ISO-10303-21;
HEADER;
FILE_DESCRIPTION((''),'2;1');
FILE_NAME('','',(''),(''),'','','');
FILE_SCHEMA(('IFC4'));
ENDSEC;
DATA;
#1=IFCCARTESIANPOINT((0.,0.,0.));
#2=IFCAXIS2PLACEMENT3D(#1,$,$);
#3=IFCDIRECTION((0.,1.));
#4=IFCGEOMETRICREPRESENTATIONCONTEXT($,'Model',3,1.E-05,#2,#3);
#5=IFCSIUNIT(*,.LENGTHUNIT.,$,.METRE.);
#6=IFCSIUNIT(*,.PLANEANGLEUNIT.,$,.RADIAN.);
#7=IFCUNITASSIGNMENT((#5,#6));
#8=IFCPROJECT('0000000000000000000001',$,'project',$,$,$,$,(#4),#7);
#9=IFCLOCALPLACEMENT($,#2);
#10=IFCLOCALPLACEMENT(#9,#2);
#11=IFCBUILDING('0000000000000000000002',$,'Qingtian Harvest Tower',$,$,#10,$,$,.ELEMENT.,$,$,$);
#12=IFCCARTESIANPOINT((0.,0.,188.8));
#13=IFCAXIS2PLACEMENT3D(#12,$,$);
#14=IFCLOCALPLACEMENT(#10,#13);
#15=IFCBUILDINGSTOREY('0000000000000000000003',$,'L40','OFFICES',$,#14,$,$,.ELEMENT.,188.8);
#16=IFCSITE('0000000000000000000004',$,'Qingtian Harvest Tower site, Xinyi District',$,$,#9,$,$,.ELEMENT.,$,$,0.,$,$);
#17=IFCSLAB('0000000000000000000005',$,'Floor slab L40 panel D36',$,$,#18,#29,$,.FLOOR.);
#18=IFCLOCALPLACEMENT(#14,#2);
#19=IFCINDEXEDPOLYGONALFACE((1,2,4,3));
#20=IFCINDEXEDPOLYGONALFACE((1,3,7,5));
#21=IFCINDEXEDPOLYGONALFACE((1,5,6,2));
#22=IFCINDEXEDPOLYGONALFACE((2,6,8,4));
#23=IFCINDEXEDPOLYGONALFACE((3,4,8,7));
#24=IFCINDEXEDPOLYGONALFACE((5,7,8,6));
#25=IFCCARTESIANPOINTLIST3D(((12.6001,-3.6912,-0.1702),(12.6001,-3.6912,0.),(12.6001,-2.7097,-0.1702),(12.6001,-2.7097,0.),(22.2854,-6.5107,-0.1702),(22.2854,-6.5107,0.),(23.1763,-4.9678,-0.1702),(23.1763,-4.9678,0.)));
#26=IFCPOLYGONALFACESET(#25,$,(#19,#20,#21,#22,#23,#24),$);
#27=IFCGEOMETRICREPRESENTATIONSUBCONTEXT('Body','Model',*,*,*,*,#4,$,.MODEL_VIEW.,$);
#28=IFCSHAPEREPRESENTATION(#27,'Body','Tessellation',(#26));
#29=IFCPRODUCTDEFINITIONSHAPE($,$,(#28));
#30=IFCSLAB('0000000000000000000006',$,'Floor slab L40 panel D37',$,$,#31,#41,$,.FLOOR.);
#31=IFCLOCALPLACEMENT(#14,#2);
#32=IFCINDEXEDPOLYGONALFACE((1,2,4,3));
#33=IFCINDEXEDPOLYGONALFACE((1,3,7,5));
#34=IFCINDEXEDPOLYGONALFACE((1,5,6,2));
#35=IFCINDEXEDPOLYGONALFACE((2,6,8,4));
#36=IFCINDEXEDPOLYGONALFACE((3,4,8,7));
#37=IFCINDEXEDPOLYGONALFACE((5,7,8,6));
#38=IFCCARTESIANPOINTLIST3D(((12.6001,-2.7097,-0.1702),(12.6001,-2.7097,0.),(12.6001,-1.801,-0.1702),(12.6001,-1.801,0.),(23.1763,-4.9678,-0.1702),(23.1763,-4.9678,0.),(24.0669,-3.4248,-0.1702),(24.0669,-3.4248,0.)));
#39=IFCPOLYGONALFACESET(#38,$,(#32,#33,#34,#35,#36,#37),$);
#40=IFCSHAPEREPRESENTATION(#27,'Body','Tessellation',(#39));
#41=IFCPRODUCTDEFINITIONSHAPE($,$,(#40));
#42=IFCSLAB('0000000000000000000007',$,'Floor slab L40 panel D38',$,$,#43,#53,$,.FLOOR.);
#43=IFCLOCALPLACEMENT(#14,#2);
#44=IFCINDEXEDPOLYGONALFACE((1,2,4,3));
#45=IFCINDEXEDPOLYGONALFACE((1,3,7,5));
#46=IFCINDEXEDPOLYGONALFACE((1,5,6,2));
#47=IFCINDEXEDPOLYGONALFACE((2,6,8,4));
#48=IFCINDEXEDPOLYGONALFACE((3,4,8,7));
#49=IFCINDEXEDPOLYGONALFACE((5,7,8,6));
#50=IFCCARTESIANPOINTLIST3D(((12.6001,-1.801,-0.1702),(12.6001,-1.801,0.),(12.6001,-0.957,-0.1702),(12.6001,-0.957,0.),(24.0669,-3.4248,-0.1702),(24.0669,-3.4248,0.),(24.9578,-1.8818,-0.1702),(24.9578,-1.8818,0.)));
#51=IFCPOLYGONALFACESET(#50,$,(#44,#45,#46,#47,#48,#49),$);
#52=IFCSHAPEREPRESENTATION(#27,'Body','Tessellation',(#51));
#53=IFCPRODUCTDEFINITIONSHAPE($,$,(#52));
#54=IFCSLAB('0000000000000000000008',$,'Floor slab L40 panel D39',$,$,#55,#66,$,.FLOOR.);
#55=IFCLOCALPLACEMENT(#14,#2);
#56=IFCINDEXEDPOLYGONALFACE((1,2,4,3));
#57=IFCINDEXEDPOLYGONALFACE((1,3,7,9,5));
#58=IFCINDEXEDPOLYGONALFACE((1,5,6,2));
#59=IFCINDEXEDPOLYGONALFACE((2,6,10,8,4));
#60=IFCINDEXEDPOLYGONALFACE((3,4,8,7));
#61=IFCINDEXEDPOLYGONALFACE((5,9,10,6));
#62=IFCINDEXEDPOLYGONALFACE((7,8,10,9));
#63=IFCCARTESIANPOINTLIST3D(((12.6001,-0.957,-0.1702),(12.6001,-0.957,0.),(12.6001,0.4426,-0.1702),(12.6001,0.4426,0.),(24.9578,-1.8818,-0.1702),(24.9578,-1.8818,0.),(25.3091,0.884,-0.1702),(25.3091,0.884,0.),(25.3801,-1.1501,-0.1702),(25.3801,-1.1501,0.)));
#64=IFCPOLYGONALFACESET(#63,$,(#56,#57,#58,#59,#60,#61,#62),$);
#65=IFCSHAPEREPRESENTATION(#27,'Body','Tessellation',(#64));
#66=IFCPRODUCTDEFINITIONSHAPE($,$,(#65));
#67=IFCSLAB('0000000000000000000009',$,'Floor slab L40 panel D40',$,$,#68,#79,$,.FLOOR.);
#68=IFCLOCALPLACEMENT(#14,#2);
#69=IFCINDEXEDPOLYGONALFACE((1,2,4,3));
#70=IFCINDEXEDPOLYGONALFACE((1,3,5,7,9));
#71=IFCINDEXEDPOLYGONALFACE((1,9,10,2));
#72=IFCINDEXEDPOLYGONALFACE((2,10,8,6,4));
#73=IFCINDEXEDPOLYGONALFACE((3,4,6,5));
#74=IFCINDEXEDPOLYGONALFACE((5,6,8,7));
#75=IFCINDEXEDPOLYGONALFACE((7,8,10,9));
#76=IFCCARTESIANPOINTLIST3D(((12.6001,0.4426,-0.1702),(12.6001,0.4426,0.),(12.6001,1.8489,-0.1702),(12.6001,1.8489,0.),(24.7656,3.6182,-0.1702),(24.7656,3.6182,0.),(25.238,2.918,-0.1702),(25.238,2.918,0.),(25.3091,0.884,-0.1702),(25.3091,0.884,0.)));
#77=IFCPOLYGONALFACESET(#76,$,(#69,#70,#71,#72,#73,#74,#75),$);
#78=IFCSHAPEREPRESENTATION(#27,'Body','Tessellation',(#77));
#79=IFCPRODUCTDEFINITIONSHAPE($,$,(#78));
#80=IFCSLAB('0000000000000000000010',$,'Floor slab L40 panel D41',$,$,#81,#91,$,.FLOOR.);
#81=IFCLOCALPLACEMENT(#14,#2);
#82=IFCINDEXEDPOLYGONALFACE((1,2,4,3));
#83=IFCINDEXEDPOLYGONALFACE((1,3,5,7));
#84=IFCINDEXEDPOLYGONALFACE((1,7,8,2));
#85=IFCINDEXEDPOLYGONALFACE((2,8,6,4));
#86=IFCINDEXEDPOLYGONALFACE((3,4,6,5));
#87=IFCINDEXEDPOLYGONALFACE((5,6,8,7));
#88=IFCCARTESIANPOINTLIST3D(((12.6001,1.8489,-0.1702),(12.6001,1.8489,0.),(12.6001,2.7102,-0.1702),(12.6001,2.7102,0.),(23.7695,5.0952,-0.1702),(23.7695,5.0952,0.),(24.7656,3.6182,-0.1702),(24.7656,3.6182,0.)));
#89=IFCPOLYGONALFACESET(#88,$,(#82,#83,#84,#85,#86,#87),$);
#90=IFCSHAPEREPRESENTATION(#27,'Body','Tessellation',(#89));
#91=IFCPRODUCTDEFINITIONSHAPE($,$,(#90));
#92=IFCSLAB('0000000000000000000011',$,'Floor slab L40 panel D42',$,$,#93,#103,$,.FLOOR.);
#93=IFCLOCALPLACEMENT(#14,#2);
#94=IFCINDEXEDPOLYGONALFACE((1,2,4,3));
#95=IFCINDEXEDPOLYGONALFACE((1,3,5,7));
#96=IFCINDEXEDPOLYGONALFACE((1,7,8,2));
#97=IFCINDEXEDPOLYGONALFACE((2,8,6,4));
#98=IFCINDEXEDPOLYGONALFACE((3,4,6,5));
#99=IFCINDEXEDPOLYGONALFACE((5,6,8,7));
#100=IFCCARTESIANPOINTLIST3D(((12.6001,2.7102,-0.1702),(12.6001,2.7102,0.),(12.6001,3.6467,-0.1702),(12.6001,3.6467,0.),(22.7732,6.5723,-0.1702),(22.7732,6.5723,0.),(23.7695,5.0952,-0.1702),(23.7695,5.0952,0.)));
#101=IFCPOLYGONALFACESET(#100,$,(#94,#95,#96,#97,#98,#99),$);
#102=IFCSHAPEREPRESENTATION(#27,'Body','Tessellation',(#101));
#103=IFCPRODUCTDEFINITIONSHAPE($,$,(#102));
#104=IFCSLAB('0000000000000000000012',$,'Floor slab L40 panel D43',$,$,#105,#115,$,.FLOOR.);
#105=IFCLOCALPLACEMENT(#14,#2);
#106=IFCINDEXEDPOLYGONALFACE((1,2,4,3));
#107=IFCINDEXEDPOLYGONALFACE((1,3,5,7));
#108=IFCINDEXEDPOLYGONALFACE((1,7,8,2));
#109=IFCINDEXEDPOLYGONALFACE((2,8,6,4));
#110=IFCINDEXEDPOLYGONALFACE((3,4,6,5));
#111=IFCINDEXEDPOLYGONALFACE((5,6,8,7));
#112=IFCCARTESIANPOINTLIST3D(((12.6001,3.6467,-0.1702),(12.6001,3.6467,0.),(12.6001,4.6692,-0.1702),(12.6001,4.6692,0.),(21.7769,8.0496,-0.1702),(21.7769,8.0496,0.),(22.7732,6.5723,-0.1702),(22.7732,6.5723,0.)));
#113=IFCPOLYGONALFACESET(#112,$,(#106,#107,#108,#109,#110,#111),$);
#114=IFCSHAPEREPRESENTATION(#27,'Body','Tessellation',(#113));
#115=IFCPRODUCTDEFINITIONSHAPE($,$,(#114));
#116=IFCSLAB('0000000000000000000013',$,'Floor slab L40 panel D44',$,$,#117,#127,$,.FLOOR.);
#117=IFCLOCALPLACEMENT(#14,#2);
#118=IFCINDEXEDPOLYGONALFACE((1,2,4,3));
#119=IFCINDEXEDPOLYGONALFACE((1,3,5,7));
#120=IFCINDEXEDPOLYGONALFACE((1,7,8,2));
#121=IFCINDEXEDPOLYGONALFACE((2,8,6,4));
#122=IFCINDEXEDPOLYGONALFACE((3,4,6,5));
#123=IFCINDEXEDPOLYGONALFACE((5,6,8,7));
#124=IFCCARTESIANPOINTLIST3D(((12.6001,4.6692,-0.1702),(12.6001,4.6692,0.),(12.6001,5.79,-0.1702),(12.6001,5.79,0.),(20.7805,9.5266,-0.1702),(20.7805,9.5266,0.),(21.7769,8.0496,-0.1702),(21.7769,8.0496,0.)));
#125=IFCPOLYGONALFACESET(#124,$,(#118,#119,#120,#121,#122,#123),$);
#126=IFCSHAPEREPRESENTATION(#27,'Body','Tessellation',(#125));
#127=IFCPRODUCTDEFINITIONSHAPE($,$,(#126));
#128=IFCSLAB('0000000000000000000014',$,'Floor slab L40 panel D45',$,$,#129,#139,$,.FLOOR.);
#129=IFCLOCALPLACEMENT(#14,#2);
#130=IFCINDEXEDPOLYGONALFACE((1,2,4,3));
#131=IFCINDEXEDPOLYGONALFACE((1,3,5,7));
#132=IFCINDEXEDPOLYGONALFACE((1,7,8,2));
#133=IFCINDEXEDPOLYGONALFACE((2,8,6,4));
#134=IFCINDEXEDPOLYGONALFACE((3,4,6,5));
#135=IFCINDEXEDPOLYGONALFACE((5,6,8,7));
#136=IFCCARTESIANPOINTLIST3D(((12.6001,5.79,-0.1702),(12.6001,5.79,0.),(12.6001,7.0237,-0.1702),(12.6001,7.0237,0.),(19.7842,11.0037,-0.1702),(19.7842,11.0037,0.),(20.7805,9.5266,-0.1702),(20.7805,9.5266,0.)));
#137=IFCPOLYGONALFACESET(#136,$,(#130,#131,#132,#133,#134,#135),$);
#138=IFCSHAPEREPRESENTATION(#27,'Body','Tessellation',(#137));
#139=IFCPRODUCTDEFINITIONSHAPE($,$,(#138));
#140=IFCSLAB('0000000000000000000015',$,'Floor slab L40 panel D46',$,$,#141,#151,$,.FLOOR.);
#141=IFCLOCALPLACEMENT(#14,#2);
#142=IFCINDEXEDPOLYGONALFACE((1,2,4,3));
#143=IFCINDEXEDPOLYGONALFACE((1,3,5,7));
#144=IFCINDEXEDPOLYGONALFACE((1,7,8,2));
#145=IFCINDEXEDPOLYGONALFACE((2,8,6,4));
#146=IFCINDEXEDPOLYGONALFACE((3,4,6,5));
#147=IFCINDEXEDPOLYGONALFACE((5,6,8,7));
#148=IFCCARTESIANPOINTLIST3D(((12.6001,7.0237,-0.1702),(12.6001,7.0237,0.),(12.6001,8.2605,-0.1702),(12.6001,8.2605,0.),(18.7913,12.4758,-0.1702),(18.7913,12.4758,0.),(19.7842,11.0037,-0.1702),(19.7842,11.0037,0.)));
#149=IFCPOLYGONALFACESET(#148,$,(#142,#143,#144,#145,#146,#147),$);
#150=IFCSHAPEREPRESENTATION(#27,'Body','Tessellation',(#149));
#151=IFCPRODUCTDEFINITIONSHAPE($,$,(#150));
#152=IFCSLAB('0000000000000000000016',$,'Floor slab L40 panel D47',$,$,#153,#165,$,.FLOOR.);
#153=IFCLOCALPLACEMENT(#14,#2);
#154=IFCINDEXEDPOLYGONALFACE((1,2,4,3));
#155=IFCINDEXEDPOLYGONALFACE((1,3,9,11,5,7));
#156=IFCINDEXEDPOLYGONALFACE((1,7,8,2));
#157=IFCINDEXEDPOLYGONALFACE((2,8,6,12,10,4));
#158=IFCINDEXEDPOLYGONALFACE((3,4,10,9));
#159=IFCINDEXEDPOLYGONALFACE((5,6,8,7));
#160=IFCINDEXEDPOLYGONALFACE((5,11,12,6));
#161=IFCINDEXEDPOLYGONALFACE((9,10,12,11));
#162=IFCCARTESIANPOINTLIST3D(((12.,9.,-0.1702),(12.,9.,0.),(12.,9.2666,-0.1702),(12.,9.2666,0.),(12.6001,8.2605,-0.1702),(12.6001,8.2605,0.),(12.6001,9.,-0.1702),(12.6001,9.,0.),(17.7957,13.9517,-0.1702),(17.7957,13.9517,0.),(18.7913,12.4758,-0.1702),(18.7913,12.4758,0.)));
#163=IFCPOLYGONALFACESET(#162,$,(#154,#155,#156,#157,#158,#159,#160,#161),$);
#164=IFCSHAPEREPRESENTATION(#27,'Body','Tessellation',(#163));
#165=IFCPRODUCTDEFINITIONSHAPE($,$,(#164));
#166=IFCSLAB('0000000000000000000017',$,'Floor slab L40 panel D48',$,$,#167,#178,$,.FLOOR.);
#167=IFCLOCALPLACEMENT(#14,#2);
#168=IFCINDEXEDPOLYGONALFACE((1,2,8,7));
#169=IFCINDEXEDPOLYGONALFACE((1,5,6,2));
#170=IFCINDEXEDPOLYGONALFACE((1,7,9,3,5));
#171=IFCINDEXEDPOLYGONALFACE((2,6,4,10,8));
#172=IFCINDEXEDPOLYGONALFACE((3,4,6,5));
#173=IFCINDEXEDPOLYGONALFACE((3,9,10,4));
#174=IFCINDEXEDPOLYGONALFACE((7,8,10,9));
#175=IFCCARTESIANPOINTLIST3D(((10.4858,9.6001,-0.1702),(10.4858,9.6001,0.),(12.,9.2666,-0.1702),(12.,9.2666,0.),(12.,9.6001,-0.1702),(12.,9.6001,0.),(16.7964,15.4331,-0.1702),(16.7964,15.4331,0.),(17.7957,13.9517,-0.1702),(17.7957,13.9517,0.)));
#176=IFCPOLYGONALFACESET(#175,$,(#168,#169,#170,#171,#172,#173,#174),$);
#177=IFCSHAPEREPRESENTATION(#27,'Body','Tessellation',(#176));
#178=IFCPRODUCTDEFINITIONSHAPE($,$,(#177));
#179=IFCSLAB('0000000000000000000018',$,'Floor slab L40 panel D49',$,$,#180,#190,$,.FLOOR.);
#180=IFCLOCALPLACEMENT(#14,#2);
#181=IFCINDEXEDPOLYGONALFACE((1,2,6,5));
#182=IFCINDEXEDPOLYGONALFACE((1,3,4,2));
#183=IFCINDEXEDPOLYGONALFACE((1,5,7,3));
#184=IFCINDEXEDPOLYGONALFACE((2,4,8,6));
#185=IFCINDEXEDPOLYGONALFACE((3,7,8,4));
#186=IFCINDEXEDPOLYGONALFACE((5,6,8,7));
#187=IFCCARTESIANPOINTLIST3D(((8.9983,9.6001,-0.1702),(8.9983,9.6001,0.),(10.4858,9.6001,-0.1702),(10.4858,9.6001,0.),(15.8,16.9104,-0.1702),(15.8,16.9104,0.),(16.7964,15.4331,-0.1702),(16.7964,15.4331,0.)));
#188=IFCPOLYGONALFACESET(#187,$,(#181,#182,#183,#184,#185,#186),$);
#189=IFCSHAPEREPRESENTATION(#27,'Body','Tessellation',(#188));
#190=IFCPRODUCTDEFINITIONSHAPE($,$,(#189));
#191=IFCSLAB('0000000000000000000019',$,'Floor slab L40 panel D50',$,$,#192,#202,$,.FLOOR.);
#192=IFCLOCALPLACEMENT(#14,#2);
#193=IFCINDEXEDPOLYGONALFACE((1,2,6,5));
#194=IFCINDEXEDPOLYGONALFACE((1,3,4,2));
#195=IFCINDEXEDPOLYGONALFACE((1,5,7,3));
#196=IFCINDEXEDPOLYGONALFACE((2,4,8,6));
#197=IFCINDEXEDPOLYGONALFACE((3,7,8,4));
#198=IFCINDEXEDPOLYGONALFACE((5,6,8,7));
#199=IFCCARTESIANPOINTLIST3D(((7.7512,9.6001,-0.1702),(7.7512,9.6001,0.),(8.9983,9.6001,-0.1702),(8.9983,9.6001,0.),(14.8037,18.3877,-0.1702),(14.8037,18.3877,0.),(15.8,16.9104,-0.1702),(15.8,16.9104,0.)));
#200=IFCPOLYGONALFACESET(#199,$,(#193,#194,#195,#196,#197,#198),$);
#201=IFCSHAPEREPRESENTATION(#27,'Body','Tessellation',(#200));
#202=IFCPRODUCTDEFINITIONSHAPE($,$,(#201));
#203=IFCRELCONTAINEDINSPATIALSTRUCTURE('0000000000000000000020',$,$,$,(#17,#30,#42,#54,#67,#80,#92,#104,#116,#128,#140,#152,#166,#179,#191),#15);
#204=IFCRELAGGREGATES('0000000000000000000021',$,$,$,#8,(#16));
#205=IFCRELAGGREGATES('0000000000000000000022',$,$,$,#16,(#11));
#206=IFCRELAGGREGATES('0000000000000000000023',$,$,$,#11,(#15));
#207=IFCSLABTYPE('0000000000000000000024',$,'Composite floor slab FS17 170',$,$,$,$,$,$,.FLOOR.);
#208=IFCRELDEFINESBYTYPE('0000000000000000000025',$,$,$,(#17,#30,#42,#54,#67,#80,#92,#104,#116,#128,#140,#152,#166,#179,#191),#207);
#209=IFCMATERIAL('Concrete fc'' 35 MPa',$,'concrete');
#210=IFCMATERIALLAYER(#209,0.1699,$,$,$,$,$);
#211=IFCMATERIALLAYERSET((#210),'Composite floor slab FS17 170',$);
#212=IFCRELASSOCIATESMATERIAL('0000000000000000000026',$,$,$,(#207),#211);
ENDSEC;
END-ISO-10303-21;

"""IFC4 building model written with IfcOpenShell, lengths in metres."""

from ifc_helpers import new_model, si_unit, direction, frame, origin, place, context, subcontext, project, spatial, polyline, outline, extrude, material, layer, layer_set, type_object, element, save


model = new_model("IFC4")

# Units and contexts
model_context = context("Model", 3, precision=1e-05, world=origin(), true_north=direction((0.0, 1.0)))
body_context = subcontext(model_context, "Body", "Model", "MODEL_VIEW")
ifc_project = project(units=[si_unit("LENGTHUNIT", "METRE"), si_unit("PLANEANGLEUNIT", "RADIAN")], contexts=[model_context])

# Site, building, storey
site_placement = place(None, origin())
site = spatial("IfcSite", under=ifc_project, at=site_placement, Name="Qingtian Harvest Tower site, Xinyi District", CompositionType="ELEMENT", RefElevation=0.0)
building_placement = place(site_placement, origin())
building = spatial("IfcBuilding", under=site, at=building_placement, Name="Qingtian Harvest Tower", CompositionType="ELEMENT")
storey_placement = place(building_placement, frame((0.0, 0.0, 188.8)))
storey = spatial("IfcBuildingStorey", under=building, at=storey_placement, Name="L40", Description="OFFICES", CompositionType="ELEMENT", Elevation=188.8)

# Slabs
ifc_material_1 = material(Name="Concrete fc' 35 MPa", Category="concrete")
ifc_layer_1 = layer(ifc_material_1, 0.1699)
ifc_layer_set_1 = layer_set([ifc_layer_1], Name="Composite floor slab FS17 170")
slab_type = type_object("IfcSlabType", Name="Composite floor slab FS17 170", PredefinedType="FLOOR", material=ifc_layer_set_1)
slab_1_placement = place(storey_placement, frame((0.0, 0.0, -0.1702)))
element("IfcSlab", 1, at=slab_1_placement, inside=storey, type_object=slab_type, Name="Floor slab L40 panel D36", PredefinedType="FLOOR", context=body_context, shape_type="SweptSolid", body=[
    extrude(outline(polyline([(12.6001, -2.7097), (23.1763, -4.9678), (22.2854, -6.5107), (12.6001, -3.6912), (12.6001, -2.7097)])), origin(), (0.0, 0.0, 1.0), 0.1702),
])
slab_2_placement = place(storey_placement, frame((0.0, 0.0, -0.1702)))
element("IfcSlab", 2, at=slab_2_placement, inside=storey, type_object=slab_type, Name="Floor slab L40 panel D37", PredefinedType="FLOOR", context=body_context, shape_type="SweptSolid", body=[
    extrude(outline(polyline([(12.6001, -1.801), (24.0669, -3.4248), (23.1763, -4.9678), (12.6001, -2.7097), (12.6001, -1.801)])), origin(), (0.0, 0.0, 1.0), 0.1702),
])
slab_3_placement = place(storey_placement, frame((0.0, 0.0, -0.1702)))
element("IfcSlab", 3, at=slab_3_placement, inside=storey, type_object=slab_type, Name="Floor slab L40 panel D38", PredefinedType="FLOOR", context=body_context, shape_type="SweptSolid", body=[
    extrude(outline(polyline([(12.6001, -0.957), (24.9578, -1.8818), (24.0669, -3.4248), (12.6001, -1.801), (12.6001, -0.957)])), origin(), (0.0, 0.0, 1.0), 0.1702),
])
slab_4_placement = place(storey_placement, frame((0.0, 0.0, -0.1702)))
element("IfcSlab", 4, at=slab_4_placement, inside=storey, type_object=slab_type, Name="Floor slab L40 panel D39", PredefinedType="FLOOR", context=body_context, shape_type="SweptSolid", body=[
    extrude(outline(polyline([(12.6001, -0.957), (12.6001, 0.4426), (25.3091, 0.884), (25.3801, -1.1501), (24.9578, -1.8818), (12.6001, -0.957)])), origin(), (0.0, 0.0, 1.0), 0.1702),
])
slab_5_placement = place(storey_placement, frame((0.0, 0.0, -0.1702)))
element("IfcSlab", 5, at=slab_5_placement, inside=storey, type_object=slab_type, Name="Floor slab L40 panel D40", PredefinedType="FLOOR", context=body_context, shape_type="SweptSolid", body=[
    extrude(outline(polyline([(12.6001, 0.4426), (12.6001, 1.8489), (24.7656, 3.6182), (25.238, 2.918), (25.3091, 0.884), (12.6001, 0.4426)])), origin(), (0.0, 0.0, 1.0), 0.1702),
])
slab_6_placement = place(storey_placement, frame((0.0, 0.0, -0.1702)))
element("IfcSlab", 6, at=slab_6_placement, inside=storey, type_object=slab_type, Name="Floor slab L40 panel D41", PredefinedType="FLOOR", context=body_context, shape_type="SweptSolid", body=[
    extrude(outline(polyline([(12.6001, 2.7102), (23.7695, 5.0952), (24.7656, 3.6182), (12.6001, 1.8489), (12.6001, 2.7102)])), origin(), (0.0, 0.0, 1.0), 0.1702),
])
slab_7_placement = place(storey_placement, frame((0.0, 0.0, -0.1702)))
element("IfcSlab", 7, at=slab_7_placement, inside=storey, type_object=slab_type, Name="Floor slab L40 panel D42", PredefinedType="FLOOR", context=body_context, shape_type="SweptSolid", body=[
    extrude(outline(polyline([(12.6001, 3.6467), (22.7732, 6.5723), (23.7695, 5.0952), (12.6001, 2.7102), (12.6001, 3.6467)])), origin(), (0.0, 0.0, 1.0), 0.1702),
])
slab_8_placement = place(storey_placement, frame((0.0, 0.0, -0.1702)))
element("IfcSlab", 8, at=slab_8_placement, inside=storey, type_object=slab_type, Name="Floor slab L40 panel D43", PredefinedType="FLOOR", context=body_context, shape_type="SweptSolid", body=[
    extrude(outline(polyline([(12.6001, 4.6692), (21.7769, 8.0496), (22.7732, 6.5723), (12.6001, 3.6467), (12.6001, 4.6692)])), origin(), (0.0, 0.0, 1.0), 0.1702),
])
slab_9_placement = place(storey_placement, frame((0.0, 0.0, -0.1702)))
element("IfcSlab", 9, at=slab_9_placement, inside=storey, type_object=slab_type, Name="Floor slab L40 panel D44", PredefinedType="FLOOR", context=body_context, shape_type="SweptSolid", body=[
    extrude(outline(polyline([(12.6001, 5.79), (20.7805, 9.5266), (21.7769, 8.0496), (12.6001, 4.6692), (12.6001, 5.79)])), origin(), (0.0, 0.0, 1.0), 0.1702),
])
slab_10_placement = place(storey_placement, frame((0.0, 0.0, -0.1702)))
element("IfcSlab", 10, at=slab_10_placement, inside=storey, type_object=slab_type, Name="Floor slab L40 panel D45", PredefinedType="FLOOR", context=body_context, shape_type="SweptSolid", body=[
    extrude(outline(polyline([(12.6001, 7.0237), (19.7842, 11.0037), (20.7805, 9.5266), (12.6001, 5.79), (12.6001, 7.0237)])), origin(), (0.0, 0.0, 1.0), 0.1702),
])
slab_11_placement = place(storey_placement, frame((0.0, 0.0, -0.1702)))
element("IfcSlab", 11, at=slab_11_placement, inside=storey, type_object=slab_type, Name="Floor slab L40 panel D46", PredefinedType="FLOOR", context=body_context, shape_type="SweptSolid", body=[
    extrude(outline(polyline([(12.6001, 8.2605), (18.7913, 12.4758), (19.7842, 11.0037), (12.6001, 7.0237), (12.6001, 8.2605)])), origin(), (0.0, 0.0, 1.0), 0.1702),
])
slab_12_placement = place(storey_placement, frame((0.0, 0.0, -0.1702)))
element("IfcSlab", 12, at=slab_12_placement, inside=storey, type_object=slab_type, Name="Floor slab L40 panel D47", PredefinedType="FLOOR", context=body_context, shape_type="SweptSolid", body=[
    extrude(outline(polyline([(12.6001, 9.0), (12.0, 9.0), (12.0, 9.2666), (17.7957, 13.9517), (18.7913, 12.4758), (12.6001, 8.2605), (12.6001, 9.0)])), origin(), (0.0, 0.0, 1.0), 0.1702),
])
slab_13_placement = place(storey_placement, frame((0.0, 0.0, -0.1702)))
element("IfcSlab", 13, at=slab_13_placement, inside=storey, type_object=slab_type, Name="Floor slab L40 panel D48", PredefinedType="FLOOR", context=body_context, shape_type="SweptSolid", body=[
    extrude(outline(polyline([(12.0, 9.6001), (10.4858, 9.6001), (16.7964, 15.4331), (17.7957, 13.9517), (12.0, 9.2666), (12.0, 9.6001)])), origin(), (0.0, 0.0, 1.0), 0.1702),
])
slab_14_placement = place(storey_placement, frame((0.0, 0.0, -0.1702)))
element("IfcSlab", 14, at=slab_14_placement, inside=storey, type_object=slab_type, Name="Floor slab L40 panel D49", PredefinedType="FLOOR", context=body_context, shape_type="SweptSolid", body=[
    extrude(outline(polyline([(8.9983, 9.6001), (15.8, 16.9104), (16.7964, 15.4331), (10.4858, 9.6001), (8.9983, 9.6001)])), origin(), (0.0, 0.0, 1.0), 0.1702),
])
slab_15_placement = place(storey_placement, frame((0.0, 0.0, -0.1702)))
element("IfcSlab", 15, at=slab_15_placement, inside=storey, type_object=slab_type, Name="Floor slab L40 panel D50", PredefinedType="FLOOR", context=body_context, shape_type="SweptSolid", body=[
    extrude(outline(polyline([(7.7512, 9.6001), (14.8037, 18.3877), (15.8, 16.9104), (8.9983, 9.6001), (7.7512, 9.6001)])), origin(), (0.0, 0.0, 1.0), 0.1702),
])

save(model, "model.ifc")
